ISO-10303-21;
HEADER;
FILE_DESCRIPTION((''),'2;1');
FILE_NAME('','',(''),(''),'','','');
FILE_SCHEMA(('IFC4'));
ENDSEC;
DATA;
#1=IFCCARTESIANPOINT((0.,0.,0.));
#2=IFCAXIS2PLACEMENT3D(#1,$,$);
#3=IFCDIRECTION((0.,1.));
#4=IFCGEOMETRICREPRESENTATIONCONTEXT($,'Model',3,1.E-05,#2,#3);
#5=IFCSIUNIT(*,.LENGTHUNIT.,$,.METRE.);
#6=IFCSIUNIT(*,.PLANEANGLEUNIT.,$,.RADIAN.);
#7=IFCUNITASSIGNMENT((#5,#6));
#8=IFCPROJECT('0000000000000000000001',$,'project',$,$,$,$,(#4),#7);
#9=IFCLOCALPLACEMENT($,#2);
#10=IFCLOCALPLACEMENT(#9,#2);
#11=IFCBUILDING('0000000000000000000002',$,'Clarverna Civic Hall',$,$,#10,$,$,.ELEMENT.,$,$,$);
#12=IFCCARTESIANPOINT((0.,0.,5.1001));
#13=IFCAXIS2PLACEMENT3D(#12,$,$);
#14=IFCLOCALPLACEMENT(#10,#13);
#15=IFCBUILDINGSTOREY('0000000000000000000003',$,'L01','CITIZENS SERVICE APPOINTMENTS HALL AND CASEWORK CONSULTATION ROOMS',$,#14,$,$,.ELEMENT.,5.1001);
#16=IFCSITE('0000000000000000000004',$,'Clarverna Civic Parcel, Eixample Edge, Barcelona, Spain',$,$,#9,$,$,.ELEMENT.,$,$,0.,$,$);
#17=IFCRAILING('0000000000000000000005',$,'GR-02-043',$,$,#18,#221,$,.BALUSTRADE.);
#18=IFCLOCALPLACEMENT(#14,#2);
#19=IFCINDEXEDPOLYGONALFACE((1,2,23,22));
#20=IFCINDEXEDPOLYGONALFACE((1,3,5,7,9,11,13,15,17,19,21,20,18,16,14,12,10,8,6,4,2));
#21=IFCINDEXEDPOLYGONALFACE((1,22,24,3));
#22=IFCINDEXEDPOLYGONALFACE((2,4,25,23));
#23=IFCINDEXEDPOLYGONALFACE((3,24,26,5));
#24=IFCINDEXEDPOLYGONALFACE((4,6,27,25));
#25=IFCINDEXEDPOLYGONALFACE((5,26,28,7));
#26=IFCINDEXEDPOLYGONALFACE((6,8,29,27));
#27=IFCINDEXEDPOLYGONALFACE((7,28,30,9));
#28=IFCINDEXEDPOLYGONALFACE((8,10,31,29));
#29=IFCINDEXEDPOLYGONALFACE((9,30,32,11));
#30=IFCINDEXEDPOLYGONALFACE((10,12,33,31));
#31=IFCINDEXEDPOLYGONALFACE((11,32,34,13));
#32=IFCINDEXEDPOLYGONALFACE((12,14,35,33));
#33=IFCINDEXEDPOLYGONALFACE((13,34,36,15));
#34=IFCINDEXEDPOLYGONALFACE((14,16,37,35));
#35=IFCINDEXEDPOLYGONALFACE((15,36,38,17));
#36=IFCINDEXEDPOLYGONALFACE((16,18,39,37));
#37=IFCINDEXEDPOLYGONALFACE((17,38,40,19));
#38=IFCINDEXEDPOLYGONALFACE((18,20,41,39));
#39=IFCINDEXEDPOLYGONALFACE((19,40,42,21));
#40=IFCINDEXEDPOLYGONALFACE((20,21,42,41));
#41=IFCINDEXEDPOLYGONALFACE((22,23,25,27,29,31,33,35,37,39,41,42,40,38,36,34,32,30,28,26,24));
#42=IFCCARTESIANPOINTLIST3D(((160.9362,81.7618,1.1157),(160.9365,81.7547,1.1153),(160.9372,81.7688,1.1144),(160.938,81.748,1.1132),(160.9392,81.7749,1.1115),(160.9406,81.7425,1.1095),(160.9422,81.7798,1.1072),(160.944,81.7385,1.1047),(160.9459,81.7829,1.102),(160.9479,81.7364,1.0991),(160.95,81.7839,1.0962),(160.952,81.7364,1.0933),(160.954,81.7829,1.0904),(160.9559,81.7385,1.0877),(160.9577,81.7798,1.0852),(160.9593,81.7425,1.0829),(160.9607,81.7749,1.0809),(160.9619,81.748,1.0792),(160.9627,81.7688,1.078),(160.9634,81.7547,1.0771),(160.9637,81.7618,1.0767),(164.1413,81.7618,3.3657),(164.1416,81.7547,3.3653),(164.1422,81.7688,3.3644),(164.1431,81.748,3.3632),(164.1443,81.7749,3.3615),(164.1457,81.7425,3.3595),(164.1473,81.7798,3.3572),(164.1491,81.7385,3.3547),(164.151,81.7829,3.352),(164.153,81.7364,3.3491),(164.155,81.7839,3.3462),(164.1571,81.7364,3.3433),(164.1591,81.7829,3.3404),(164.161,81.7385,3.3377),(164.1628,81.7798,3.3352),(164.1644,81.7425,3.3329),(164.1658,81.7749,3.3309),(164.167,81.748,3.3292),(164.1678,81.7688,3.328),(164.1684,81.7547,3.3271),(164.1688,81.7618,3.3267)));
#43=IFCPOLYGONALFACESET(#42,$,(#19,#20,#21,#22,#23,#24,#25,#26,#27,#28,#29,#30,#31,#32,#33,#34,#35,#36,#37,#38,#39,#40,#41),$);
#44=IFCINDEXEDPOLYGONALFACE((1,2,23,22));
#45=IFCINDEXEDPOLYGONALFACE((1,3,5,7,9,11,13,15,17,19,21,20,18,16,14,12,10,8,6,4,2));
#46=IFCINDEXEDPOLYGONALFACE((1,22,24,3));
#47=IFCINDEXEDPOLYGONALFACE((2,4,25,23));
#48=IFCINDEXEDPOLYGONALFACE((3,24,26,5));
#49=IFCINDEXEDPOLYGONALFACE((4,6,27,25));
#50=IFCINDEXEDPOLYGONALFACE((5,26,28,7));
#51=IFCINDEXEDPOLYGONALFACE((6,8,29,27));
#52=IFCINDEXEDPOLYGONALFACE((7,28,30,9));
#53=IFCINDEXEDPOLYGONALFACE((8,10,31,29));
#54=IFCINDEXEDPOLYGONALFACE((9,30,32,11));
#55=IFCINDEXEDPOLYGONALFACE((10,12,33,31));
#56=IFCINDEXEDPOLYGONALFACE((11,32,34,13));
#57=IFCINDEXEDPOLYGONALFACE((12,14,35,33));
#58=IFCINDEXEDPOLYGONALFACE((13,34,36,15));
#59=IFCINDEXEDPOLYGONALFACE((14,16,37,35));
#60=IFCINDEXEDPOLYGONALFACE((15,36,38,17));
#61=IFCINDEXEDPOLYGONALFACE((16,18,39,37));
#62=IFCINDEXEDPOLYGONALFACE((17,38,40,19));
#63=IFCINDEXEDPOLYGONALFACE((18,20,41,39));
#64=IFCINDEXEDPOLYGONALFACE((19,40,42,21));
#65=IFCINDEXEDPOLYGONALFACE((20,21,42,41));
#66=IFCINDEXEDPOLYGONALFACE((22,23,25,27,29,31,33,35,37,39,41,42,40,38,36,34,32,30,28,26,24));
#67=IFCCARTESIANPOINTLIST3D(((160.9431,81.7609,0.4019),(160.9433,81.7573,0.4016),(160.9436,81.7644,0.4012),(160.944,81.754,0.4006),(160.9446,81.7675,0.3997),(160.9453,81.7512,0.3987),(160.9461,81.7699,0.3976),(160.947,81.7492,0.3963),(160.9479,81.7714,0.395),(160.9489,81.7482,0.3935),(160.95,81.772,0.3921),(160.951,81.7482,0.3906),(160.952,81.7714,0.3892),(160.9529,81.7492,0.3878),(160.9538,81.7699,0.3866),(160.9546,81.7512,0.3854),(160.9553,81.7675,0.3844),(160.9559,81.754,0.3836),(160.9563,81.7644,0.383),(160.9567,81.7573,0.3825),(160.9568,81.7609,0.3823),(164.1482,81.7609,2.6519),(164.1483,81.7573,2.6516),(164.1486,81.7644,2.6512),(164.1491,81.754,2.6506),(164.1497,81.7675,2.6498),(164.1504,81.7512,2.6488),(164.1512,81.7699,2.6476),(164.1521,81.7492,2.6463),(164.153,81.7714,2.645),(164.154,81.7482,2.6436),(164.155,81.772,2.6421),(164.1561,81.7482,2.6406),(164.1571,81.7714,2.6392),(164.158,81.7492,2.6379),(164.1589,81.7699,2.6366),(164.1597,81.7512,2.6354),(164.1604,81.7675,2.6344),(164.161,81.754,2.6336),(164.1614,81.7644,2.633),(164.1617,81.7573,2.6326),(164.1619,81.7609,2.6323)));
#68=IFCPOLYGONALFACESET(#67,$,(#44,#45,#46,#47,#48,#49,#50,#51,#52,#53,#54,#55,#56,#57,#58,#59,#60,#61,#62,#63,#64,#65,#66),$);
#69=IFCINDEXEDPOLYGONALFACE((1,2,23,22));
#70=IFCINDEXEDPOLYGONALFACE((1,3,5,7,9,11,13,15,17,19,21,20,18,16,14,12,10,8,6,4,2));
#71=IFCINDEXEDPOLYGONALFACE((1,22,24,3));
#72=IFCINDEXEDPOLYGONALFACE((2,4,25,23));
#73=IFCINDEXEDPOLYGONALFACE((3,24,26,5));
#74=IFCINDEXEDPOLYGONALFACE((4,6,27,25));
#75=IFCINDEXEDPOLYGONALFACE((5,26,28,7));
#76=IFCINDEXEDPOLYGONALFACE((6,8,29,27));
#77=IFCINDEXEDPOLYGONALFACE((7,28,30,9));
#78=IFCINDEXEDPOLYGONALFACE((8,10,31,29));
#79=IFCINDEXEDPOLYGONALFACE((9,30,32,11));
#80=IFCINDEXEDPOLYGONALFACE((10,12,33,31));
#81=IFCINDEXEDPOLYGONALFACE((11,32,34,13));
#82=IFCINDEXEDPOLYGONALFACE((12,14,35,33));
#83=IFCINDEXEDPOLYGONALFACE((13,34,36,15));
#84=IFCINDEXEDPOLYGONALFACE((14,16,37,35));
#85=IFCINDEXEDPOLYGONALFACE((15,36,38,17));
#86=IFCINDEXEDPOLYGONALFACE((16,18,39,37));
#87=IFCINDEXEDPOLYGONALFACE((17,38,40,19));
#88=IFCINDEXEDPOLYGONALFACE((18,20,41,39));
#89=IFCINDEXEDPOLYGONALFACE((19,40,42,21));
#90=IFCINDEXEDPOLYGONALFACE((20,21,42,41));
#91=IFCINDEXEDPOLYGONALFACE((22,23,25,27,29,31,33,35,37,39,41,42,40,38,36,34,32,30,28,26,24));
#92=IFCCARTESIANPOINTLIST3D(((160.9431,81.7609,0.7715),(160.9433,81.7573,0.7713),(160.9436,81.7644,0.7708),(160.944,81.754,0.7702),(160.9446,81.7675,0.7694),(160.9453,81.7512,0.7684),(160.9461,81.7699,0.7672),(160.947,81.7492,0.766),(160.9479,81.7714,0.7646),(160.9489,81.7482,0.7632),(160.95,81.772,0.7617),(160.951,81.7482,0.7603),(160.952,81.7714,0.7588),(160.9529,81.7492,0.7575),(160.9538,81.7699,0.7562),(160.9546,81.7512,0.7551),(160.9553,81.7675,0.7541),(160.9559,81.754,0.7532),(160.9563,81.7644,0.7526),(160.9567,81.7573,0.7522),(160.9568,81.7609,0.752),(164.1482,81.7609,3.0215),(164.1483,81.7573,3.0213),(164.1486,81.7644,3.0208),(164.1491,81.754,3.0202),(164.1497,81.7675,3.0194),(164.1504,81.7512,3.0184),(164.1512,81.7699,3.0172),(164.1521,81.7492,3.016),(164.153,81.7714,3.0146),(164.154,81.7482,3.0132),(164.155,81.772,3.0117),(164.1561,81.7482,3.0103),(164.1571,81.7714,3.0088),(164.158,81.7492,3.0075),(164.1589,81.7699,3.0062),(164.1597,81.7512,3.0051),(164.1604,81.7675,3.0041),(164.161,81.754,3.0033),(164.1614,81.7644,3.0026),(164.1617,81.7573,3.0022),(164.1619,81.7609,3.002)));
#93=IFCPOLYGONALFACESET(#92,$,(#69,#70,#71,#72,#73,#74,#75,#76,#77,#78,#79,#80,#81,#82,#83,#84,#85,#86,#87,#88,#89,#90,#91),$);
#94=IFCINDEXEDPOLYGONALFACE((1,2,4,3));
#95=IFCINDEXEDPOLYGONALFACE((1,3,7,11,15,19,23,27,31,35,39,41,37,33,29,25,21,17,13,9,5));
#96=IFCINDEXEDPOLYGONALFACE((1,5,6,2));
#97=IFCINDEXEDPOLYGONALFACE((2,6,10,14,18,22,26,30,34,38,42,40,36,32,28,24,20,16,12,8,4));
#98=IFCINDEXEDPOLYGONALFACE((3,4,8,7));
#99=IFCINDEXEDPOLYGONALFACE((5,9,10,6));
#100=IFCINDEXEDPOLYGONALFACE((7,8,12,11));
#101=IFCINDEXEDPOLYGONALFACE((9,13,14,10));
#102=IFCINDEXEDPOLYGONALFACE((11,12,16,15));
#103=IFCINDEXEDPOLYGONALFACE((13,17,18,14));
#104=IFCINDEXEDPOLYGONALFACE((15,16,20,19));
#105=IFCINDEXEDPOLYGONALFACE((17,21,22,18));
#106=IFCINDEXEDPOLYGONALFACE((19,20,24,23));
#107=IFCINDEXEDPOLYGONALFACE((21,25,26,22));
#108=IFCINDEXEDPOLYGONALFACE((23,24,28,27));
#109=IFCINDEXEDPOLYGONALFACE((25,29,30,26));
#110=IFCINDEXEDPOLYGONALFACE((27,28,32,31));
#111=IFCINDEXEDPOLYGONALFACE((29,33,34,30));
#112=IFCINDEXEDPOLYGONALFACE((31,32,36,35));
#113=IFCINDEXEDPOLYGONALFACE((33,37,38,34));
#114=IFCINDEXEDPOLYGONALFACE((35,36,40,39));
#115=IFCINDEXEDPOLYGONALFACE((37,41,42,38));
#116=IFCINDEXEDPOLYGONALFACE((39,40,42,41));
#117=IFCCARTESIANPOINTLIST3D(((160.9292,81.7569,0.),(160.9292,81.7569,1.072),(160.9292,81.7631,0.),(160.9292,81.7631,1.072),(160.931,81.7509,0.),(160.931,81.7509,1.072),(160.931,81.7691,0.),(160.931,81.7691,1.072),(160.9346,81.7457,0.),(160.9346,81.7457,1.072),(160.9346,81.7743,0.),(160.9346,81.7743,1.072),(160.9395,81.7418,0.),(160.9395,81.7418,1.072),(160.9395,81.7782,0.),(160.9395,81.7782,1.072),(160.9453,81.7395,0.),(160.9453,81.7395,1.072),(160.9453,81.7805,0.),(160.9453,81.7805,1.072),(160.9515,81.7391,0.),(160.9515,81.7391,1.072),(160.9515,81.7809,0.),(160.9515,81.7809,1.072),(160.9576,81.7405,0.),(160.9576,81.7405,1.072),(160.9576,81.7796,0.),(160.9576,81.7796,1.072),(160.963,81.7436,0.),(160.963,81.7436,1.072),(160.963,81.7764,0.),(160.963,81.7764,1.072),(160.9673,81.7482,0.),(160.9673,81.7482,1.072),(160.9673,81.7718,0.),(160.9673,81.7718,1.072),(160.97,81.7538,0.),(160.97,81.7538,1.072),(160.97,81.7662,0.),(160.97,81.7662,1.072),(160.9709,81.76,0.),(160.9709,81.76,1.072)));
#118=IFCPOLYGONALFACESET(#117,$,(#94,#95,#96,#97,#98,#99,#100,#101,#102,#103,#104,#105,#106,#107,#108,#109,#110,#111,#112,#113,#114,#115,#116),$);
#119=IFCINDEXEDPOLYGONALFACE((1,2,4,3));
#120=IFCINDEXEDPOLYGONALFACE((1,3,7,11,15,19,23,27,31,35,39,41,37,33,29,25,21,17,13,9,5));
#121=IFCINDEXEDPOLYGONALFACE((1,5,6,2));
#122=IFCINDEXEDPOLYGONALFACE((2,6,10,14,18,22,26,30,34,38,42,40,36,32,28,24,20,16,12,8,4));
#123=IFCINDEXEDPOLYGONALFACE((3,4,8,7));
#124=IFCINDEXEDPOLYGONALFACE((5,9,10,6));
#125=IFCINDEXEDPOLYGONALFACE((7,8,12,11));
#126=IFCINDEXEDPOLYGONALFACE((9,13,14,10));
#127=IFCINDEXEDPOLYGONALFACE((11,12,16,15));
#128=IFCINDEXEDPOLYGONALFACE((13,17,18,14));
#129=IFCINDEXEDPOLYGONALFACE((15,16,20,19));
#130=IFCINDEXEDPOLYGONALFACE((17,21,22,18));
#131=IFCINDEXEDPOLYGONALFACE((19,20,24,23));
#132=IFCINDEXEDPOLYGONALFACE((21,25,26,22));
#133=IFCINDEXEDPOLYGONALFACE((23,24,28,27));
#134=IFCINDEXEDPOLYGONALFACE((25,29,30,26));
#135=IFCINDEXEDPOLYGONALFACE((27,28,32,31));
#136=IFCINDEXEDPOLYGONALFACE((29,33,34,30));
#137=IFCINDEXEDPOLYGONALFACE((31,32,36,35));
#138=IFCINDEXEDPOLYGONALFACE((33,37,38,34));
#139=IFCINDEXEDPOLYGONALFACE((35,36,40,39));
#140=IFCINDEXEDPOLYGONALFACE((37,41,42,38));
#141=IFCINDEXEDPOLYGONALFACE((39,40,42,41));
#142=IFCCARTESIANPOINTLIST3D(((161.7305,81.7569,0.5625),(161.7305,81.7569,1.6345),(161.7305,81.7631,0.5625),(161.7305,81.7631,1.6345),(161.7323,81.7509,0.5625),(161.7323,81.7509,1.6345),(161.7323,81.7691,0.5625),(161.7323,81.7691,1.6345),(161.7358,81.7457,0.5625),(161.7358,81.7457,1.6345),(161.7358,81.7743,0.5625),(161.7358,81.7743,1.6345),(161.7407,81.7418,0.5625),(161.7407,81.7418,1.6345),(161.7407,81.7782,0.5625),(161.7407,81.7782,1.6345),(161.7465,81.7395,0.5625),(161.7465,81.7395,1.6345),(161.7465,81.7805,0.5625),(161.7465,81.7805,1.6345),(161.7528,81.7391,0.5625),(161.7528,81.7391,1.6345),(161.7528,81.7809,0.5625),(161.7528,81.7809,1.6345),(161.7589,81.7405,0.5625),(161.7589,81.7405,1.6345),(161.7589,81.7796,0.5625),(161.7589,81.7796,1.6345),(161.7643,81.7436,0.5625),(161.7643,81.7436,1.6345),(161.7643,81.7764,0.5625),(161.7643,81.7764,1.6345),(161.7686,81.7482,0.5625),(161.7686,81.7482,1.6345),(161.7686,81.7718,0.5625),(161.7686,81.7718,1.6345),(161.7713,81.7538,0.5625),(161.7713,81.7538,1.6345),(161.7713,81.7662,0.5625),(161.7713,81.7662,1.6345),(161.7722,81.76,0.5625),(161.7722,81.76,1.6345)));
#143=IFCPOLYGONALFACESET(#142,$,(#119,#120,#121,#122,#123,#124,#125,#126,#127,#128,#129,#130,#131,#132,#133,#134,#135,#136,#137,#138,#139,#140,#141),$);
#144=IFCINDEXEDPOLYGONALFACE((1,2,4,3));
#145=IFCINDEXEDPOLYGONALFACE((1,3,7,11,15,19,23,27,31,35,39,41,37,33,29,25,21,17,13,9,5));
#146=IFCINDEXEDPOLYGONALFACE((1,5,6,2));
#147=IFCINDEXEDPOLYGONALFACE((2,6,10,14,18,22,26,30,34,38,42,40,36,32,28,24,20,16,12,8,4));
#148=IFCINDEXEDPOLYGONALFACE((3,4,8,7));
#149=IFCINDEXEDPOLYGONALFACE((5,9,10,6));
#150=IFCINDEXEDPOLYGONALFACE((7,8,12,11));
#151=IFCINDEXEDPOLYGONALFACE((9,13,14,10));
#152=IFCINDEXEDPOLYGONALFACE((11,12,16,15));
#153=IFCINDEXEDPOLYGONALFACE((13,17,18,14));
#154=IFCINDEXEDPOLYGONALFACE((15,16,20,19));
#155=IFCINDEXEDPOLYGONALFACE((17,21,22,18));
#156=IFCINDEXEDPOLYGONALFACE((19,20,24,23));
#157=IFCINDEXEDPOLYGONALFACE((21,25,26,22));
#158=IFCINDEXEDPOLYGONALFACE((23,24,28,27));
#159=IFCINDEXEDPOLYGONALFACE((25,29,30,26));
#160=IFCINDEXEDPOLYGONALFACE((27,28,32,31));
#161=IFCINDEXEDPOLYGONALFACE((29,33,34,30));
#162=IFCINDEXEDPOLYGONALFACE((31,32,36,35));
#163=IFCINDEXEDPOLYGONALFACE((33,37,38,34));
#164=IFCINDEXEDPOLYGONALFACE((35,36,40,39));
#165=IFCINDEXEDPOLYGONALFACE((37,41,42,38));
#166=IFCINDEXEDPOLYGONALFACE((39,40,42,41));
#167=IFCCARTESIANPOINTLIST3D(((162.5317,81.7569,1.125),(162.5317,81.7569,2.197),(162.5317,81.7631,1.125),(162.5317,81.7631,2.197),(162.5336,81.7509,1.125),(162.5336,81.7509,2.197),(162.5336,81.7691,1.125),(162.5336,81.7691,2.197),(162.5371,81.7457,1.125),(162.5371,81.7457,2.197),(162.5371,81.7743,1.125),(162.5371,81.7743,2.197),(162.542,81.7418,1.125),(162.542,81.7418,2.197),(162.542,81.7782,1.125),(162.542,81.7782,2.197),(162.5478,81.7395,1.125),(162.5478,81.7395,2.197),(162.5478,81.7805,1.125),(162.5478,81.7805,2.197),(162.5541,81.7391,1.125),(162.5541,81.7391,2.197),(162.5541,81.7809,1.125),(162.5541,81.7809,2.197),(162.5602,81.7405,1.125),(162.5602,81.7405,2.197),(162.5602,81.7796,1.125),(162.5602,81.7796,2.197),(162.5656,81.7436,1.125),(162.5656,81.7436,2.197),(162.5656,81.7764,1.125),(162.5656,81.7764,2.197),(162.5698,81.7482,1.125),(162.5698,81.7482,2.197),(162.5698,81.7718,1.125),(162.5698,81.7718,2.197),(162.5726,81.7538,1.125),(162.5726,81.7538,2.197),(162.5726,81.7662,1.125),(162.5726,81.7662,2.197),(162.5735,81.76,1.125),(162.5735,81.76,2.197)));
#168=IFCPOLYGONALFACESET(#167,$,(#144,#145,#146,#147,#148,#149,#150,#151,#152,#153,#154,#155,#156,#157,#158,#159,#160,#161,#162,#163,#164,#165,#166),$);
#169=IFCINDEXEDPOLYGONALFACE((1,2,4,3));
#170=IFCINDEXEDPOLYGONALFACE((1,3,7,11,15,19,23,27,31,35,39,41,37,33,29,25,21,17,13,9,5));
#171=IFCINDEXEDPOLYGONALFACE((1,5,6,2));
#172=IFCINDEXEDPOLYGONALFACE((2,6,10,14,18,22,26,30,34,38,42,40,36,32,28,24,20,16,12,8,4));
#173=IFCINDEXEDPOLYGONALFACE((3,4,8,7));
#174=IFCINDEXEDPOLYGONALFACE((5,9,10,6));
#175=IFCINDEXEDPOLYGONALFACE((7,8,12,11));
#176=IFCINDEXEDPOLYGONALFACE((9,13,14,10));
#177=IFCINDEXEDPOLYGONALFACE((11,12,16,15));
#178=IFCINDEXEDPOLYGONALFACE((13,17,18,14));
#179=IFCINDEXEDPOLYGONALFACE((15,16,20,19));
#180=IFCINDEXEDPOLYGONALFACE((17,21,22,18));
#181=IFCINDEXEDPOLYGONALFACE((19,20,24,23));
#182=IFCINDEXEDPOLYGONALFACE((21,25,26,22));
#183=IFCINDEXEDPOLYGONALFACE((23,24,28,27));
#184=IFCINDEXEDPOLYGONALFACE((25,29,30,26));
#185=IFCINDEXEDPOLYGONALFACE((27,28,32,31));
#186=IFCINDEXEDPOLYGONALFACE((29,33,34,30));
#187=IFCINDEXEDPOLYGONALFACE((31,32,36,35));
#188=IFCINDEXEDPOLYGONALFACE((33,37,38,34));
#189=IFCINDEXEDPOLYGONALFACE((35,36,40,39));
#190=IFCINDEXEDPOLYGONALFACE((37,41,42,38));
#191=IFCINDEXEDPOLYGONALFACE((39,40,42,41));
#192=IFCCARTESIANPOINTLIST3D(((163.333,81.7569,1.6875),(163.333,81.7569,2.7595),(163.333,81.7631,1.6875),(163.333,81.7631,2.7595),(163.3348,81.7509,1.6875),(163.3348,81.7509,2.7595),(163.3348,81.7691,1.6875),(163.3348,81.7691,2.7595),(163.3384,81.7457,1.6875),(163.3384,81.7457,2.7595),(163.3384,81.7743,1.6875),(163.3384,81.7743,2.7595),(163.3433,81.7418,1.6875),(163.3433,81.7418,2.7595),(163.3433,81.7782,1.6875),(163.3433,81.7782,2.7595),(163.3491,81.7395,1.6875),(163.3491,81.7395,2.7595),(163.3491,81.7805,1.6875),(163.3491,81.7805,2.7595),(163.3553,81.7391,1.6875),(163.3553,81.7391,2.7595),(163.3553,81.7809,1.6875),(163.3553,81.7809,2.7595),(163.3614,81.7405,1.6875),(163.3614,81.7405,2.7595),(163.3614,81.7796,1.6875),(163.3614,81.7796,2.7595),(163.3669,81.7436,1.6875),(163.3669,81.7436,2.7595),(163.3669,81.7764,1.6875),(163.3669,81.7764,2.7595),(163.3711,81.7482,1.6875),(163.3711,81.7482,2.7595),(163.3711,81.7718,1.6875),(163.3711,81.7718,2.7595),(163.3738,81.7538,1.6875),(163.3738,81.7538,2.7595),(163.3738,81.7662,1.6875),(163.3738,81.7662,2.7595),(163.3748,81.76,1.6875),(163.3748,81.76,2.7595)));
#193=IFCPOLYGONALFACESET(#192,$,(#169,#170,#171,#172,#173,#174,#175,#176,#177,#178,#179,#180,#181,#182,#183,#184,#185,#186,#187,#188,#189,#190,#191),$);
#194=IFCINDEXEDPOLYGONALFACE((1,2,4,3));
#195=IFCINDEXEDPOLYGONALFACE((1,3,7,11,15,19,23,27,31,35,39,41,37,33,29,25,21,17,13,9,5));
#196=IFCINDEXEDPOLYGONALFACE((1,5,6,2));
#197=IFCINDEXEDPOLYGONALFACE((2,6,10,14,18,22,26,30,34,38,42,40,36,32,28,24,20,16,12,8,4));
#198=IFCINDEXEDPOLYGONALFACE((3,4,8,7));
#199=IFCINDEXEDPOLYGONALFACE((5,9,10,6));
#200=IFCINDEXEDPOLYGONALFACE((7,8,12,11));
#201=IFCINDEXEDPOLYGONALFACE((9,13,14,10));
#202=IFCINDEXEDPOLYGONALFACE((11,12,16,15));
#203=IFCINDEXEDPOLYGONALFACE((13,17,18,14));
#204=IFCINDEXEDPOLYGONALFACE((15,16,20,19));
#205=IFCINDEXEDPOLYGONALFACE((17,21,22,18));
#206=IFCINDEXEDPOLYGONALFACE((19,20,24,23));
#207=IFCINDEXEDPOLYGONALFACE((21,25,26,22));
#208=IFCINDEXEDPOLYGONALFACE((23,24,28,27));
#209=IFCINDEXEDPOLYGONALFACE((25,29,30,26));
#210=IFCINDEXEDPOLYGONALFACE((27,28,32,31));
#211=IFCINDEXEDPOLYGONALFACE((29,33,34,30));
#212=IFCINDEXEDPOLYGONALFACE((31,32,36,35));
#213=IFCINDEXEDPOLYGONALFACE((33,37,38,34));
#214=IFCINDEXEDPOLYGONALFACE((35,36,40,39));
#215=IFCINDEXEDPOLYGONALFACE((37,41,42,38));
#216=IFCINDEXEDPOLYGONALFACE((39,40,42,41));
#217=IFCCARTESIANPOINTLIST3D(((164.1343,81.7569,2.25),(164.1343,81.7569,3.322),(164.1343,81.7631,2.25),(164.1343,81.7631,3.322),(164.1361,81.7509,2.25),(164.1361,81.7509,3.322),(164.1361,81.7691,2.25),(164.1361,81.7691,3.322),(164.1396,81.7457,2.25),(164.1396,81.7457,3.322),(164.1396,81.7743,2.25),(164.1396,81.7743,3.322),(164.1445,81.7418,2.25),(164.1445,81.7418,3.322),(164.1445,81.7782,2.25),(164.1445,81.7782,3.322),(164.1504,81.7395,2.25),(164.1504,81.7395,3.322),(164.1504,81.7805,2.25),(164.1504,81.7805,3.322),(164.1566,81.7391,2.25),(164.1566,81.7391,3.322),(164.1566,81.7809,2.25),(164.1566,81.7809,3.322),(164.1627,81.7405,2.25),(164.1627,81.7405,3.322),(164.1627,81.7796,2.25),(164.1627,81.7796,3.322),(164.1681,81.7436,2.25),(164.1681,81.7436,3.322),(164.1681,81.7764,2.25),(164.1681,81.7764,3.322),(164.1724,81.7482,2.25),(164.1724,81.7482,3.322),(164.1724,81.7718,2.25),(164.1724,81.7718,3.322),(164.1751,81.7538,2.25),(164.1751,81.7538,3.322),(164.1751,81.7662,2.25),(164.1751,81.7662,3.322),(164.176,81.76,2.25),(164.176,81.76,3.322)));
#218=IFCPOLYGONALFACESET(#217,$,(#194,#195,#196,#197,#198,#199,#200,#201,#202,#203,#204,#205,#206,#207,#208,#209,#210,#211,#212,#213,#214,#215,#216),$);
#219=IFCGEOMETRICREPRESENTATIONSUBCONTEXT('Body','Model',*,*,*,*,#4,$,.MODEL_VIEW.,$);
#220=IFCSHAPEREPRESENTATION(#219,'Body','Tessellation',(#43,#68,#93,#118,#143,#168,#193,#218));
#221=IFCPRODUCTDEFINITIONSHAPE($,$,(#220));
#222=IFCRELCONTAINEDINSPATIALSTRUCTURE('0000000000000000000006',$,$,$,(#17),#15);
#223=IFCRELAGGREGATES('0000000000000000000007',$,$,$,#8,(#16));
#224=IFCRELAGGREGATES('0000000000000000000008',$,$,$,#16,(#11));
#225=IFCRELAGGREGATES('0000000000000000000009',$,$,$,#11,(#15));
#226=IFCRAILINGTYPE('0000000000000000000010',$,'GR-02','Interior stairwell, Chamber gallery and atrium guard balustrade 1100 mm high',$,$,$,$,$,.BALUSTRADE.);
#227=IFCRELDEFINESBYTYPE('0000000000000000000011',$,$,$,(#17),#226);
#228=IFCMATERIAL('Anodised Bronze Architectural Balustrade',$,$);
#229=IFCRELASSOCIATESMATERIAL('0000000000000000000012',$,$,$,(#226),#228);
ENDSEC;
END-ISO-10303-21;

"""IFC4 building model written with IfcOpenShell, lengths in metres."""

from ifc_helpers import new_model, si_unit, direction, frame, origin, origin_2d, place, context, subcontext, project, spatial, circle, extrude, material, type_object, element, save


model = new_model("IFC4")

# Units and contexts
model_context = context("Model", 3, precision=1e-05, world=origin(), true_north=direction((0.0, 1.0)))
body_context = subcontext(model_context, "Body", "Model", "MODEL_VIEW")
ifc_project = project(units=[si_unit("LENGTHUNIT", "METRE"), si_unit("PLANEANGLEUNIT", "RADIAN")], contexts=[model_context])

# Site, building, storey
site_placement = place(None, origin())
site = spatial("IfcSite", under=ifc_project, at=site_placement, Name="Clarverna Civic Parcel, Eixample Edge, Barcelona, Spain", CompositionType="ELEMENT", RefElevation=0.0)
building_placement = place(site_placement, origin())
building = spatial("IfcBuilding", under=site, at=building_placement, Name="Clarverna Civic Hall", CompositionType="ELEMENT")
storey_placement = place(building_placement, frame((0.0, 0.0, 5.1001)))
storey = spatial("IfcBuildingStorey", under=building, at=storey_placement, Name="L01", Description="CITIZENS SERVICE APPOINTMENTS HALL AND CASEWORK CONSULTATION ROOMS", CompositionType="ELEMENT", Elevation=5.1001)

# Railing
ifc_material_1 = material(Name="Anodised Bronze Architectural Balustrade")
railing_type_1 = type_object("IfcRailingType", Name="GR-02", Description="Interior stairwell, Chamber gallery and atrium guard balustrade 1100 mm high", PredefinedType="BALUSTRADE", material=ifc_material_1)
railing_1_placement = place(storey_placement, frame((160.95, 81.76, 0.0)))
element("IfcRailing", 1, at=railing_1_placement, inside=storey, type_object=railing_type_1, Name="GR-02-043", PredefinedType="BALUSTRADE", context=body_context, shape_type="SweptSolid", body=[
    extrude(circle(Radius=0.0239, at=origin_2d()), frame((0.0, 0.0, 1.0962), z_axis=(0.818458, 0.0, 0.574566), x_axis=(0.0, 1.0, 0.0)), (0.0, 0.0, 1.0), 3.916),
    extrude(circle(Radius=0.012, at=origin_2d()), frame((0.0, 0.0, 0.3921), z_axis=(0.818458, 0.0, 0.574566), x_axis=(0.0, 1.0, 0.0)), (0.0, 0.0, 1.0), 3.916),
    extrude(circle(Radius=0.012, at=origin_2d()), frame((0.0, 0.0, 0.7617), z_axis=(0.818458, 0.0, 0.574566), x_axis=(0.0, 1.0, 0.0)), (0.0, 0.0, 1.0), 3.916),
    extrude(circle(Radius=0.021, at=origin_2d()), origin(), (0.0, 0.0, 1.0), 1.072),
    extrude(circle(Radius=0.021, at=origin_2d()), frame((0.8013, 0.0, 0.5625)), (0.0, 0.0, 1.0), 1.072),
    extrude(circle(Radius=0.021, at=origin_2d()), frame((1.6025, 0.0, 1.125)), (0.0, 0.0, 1.0), 1.072),
    extrude(circle(Radius=0.021, at=origin_2d()), frame((2.4038, 0.0, 1.6875)), (0.0, 0.0, 1.0), 1.072),
    extrude(circle(Radius=0.021, at=origin_2d()), frame((3.2051, 0.0, 2.25)), (0.0, 0.0, 1.0), 1.072),
])

save(model, "model.ifc")
